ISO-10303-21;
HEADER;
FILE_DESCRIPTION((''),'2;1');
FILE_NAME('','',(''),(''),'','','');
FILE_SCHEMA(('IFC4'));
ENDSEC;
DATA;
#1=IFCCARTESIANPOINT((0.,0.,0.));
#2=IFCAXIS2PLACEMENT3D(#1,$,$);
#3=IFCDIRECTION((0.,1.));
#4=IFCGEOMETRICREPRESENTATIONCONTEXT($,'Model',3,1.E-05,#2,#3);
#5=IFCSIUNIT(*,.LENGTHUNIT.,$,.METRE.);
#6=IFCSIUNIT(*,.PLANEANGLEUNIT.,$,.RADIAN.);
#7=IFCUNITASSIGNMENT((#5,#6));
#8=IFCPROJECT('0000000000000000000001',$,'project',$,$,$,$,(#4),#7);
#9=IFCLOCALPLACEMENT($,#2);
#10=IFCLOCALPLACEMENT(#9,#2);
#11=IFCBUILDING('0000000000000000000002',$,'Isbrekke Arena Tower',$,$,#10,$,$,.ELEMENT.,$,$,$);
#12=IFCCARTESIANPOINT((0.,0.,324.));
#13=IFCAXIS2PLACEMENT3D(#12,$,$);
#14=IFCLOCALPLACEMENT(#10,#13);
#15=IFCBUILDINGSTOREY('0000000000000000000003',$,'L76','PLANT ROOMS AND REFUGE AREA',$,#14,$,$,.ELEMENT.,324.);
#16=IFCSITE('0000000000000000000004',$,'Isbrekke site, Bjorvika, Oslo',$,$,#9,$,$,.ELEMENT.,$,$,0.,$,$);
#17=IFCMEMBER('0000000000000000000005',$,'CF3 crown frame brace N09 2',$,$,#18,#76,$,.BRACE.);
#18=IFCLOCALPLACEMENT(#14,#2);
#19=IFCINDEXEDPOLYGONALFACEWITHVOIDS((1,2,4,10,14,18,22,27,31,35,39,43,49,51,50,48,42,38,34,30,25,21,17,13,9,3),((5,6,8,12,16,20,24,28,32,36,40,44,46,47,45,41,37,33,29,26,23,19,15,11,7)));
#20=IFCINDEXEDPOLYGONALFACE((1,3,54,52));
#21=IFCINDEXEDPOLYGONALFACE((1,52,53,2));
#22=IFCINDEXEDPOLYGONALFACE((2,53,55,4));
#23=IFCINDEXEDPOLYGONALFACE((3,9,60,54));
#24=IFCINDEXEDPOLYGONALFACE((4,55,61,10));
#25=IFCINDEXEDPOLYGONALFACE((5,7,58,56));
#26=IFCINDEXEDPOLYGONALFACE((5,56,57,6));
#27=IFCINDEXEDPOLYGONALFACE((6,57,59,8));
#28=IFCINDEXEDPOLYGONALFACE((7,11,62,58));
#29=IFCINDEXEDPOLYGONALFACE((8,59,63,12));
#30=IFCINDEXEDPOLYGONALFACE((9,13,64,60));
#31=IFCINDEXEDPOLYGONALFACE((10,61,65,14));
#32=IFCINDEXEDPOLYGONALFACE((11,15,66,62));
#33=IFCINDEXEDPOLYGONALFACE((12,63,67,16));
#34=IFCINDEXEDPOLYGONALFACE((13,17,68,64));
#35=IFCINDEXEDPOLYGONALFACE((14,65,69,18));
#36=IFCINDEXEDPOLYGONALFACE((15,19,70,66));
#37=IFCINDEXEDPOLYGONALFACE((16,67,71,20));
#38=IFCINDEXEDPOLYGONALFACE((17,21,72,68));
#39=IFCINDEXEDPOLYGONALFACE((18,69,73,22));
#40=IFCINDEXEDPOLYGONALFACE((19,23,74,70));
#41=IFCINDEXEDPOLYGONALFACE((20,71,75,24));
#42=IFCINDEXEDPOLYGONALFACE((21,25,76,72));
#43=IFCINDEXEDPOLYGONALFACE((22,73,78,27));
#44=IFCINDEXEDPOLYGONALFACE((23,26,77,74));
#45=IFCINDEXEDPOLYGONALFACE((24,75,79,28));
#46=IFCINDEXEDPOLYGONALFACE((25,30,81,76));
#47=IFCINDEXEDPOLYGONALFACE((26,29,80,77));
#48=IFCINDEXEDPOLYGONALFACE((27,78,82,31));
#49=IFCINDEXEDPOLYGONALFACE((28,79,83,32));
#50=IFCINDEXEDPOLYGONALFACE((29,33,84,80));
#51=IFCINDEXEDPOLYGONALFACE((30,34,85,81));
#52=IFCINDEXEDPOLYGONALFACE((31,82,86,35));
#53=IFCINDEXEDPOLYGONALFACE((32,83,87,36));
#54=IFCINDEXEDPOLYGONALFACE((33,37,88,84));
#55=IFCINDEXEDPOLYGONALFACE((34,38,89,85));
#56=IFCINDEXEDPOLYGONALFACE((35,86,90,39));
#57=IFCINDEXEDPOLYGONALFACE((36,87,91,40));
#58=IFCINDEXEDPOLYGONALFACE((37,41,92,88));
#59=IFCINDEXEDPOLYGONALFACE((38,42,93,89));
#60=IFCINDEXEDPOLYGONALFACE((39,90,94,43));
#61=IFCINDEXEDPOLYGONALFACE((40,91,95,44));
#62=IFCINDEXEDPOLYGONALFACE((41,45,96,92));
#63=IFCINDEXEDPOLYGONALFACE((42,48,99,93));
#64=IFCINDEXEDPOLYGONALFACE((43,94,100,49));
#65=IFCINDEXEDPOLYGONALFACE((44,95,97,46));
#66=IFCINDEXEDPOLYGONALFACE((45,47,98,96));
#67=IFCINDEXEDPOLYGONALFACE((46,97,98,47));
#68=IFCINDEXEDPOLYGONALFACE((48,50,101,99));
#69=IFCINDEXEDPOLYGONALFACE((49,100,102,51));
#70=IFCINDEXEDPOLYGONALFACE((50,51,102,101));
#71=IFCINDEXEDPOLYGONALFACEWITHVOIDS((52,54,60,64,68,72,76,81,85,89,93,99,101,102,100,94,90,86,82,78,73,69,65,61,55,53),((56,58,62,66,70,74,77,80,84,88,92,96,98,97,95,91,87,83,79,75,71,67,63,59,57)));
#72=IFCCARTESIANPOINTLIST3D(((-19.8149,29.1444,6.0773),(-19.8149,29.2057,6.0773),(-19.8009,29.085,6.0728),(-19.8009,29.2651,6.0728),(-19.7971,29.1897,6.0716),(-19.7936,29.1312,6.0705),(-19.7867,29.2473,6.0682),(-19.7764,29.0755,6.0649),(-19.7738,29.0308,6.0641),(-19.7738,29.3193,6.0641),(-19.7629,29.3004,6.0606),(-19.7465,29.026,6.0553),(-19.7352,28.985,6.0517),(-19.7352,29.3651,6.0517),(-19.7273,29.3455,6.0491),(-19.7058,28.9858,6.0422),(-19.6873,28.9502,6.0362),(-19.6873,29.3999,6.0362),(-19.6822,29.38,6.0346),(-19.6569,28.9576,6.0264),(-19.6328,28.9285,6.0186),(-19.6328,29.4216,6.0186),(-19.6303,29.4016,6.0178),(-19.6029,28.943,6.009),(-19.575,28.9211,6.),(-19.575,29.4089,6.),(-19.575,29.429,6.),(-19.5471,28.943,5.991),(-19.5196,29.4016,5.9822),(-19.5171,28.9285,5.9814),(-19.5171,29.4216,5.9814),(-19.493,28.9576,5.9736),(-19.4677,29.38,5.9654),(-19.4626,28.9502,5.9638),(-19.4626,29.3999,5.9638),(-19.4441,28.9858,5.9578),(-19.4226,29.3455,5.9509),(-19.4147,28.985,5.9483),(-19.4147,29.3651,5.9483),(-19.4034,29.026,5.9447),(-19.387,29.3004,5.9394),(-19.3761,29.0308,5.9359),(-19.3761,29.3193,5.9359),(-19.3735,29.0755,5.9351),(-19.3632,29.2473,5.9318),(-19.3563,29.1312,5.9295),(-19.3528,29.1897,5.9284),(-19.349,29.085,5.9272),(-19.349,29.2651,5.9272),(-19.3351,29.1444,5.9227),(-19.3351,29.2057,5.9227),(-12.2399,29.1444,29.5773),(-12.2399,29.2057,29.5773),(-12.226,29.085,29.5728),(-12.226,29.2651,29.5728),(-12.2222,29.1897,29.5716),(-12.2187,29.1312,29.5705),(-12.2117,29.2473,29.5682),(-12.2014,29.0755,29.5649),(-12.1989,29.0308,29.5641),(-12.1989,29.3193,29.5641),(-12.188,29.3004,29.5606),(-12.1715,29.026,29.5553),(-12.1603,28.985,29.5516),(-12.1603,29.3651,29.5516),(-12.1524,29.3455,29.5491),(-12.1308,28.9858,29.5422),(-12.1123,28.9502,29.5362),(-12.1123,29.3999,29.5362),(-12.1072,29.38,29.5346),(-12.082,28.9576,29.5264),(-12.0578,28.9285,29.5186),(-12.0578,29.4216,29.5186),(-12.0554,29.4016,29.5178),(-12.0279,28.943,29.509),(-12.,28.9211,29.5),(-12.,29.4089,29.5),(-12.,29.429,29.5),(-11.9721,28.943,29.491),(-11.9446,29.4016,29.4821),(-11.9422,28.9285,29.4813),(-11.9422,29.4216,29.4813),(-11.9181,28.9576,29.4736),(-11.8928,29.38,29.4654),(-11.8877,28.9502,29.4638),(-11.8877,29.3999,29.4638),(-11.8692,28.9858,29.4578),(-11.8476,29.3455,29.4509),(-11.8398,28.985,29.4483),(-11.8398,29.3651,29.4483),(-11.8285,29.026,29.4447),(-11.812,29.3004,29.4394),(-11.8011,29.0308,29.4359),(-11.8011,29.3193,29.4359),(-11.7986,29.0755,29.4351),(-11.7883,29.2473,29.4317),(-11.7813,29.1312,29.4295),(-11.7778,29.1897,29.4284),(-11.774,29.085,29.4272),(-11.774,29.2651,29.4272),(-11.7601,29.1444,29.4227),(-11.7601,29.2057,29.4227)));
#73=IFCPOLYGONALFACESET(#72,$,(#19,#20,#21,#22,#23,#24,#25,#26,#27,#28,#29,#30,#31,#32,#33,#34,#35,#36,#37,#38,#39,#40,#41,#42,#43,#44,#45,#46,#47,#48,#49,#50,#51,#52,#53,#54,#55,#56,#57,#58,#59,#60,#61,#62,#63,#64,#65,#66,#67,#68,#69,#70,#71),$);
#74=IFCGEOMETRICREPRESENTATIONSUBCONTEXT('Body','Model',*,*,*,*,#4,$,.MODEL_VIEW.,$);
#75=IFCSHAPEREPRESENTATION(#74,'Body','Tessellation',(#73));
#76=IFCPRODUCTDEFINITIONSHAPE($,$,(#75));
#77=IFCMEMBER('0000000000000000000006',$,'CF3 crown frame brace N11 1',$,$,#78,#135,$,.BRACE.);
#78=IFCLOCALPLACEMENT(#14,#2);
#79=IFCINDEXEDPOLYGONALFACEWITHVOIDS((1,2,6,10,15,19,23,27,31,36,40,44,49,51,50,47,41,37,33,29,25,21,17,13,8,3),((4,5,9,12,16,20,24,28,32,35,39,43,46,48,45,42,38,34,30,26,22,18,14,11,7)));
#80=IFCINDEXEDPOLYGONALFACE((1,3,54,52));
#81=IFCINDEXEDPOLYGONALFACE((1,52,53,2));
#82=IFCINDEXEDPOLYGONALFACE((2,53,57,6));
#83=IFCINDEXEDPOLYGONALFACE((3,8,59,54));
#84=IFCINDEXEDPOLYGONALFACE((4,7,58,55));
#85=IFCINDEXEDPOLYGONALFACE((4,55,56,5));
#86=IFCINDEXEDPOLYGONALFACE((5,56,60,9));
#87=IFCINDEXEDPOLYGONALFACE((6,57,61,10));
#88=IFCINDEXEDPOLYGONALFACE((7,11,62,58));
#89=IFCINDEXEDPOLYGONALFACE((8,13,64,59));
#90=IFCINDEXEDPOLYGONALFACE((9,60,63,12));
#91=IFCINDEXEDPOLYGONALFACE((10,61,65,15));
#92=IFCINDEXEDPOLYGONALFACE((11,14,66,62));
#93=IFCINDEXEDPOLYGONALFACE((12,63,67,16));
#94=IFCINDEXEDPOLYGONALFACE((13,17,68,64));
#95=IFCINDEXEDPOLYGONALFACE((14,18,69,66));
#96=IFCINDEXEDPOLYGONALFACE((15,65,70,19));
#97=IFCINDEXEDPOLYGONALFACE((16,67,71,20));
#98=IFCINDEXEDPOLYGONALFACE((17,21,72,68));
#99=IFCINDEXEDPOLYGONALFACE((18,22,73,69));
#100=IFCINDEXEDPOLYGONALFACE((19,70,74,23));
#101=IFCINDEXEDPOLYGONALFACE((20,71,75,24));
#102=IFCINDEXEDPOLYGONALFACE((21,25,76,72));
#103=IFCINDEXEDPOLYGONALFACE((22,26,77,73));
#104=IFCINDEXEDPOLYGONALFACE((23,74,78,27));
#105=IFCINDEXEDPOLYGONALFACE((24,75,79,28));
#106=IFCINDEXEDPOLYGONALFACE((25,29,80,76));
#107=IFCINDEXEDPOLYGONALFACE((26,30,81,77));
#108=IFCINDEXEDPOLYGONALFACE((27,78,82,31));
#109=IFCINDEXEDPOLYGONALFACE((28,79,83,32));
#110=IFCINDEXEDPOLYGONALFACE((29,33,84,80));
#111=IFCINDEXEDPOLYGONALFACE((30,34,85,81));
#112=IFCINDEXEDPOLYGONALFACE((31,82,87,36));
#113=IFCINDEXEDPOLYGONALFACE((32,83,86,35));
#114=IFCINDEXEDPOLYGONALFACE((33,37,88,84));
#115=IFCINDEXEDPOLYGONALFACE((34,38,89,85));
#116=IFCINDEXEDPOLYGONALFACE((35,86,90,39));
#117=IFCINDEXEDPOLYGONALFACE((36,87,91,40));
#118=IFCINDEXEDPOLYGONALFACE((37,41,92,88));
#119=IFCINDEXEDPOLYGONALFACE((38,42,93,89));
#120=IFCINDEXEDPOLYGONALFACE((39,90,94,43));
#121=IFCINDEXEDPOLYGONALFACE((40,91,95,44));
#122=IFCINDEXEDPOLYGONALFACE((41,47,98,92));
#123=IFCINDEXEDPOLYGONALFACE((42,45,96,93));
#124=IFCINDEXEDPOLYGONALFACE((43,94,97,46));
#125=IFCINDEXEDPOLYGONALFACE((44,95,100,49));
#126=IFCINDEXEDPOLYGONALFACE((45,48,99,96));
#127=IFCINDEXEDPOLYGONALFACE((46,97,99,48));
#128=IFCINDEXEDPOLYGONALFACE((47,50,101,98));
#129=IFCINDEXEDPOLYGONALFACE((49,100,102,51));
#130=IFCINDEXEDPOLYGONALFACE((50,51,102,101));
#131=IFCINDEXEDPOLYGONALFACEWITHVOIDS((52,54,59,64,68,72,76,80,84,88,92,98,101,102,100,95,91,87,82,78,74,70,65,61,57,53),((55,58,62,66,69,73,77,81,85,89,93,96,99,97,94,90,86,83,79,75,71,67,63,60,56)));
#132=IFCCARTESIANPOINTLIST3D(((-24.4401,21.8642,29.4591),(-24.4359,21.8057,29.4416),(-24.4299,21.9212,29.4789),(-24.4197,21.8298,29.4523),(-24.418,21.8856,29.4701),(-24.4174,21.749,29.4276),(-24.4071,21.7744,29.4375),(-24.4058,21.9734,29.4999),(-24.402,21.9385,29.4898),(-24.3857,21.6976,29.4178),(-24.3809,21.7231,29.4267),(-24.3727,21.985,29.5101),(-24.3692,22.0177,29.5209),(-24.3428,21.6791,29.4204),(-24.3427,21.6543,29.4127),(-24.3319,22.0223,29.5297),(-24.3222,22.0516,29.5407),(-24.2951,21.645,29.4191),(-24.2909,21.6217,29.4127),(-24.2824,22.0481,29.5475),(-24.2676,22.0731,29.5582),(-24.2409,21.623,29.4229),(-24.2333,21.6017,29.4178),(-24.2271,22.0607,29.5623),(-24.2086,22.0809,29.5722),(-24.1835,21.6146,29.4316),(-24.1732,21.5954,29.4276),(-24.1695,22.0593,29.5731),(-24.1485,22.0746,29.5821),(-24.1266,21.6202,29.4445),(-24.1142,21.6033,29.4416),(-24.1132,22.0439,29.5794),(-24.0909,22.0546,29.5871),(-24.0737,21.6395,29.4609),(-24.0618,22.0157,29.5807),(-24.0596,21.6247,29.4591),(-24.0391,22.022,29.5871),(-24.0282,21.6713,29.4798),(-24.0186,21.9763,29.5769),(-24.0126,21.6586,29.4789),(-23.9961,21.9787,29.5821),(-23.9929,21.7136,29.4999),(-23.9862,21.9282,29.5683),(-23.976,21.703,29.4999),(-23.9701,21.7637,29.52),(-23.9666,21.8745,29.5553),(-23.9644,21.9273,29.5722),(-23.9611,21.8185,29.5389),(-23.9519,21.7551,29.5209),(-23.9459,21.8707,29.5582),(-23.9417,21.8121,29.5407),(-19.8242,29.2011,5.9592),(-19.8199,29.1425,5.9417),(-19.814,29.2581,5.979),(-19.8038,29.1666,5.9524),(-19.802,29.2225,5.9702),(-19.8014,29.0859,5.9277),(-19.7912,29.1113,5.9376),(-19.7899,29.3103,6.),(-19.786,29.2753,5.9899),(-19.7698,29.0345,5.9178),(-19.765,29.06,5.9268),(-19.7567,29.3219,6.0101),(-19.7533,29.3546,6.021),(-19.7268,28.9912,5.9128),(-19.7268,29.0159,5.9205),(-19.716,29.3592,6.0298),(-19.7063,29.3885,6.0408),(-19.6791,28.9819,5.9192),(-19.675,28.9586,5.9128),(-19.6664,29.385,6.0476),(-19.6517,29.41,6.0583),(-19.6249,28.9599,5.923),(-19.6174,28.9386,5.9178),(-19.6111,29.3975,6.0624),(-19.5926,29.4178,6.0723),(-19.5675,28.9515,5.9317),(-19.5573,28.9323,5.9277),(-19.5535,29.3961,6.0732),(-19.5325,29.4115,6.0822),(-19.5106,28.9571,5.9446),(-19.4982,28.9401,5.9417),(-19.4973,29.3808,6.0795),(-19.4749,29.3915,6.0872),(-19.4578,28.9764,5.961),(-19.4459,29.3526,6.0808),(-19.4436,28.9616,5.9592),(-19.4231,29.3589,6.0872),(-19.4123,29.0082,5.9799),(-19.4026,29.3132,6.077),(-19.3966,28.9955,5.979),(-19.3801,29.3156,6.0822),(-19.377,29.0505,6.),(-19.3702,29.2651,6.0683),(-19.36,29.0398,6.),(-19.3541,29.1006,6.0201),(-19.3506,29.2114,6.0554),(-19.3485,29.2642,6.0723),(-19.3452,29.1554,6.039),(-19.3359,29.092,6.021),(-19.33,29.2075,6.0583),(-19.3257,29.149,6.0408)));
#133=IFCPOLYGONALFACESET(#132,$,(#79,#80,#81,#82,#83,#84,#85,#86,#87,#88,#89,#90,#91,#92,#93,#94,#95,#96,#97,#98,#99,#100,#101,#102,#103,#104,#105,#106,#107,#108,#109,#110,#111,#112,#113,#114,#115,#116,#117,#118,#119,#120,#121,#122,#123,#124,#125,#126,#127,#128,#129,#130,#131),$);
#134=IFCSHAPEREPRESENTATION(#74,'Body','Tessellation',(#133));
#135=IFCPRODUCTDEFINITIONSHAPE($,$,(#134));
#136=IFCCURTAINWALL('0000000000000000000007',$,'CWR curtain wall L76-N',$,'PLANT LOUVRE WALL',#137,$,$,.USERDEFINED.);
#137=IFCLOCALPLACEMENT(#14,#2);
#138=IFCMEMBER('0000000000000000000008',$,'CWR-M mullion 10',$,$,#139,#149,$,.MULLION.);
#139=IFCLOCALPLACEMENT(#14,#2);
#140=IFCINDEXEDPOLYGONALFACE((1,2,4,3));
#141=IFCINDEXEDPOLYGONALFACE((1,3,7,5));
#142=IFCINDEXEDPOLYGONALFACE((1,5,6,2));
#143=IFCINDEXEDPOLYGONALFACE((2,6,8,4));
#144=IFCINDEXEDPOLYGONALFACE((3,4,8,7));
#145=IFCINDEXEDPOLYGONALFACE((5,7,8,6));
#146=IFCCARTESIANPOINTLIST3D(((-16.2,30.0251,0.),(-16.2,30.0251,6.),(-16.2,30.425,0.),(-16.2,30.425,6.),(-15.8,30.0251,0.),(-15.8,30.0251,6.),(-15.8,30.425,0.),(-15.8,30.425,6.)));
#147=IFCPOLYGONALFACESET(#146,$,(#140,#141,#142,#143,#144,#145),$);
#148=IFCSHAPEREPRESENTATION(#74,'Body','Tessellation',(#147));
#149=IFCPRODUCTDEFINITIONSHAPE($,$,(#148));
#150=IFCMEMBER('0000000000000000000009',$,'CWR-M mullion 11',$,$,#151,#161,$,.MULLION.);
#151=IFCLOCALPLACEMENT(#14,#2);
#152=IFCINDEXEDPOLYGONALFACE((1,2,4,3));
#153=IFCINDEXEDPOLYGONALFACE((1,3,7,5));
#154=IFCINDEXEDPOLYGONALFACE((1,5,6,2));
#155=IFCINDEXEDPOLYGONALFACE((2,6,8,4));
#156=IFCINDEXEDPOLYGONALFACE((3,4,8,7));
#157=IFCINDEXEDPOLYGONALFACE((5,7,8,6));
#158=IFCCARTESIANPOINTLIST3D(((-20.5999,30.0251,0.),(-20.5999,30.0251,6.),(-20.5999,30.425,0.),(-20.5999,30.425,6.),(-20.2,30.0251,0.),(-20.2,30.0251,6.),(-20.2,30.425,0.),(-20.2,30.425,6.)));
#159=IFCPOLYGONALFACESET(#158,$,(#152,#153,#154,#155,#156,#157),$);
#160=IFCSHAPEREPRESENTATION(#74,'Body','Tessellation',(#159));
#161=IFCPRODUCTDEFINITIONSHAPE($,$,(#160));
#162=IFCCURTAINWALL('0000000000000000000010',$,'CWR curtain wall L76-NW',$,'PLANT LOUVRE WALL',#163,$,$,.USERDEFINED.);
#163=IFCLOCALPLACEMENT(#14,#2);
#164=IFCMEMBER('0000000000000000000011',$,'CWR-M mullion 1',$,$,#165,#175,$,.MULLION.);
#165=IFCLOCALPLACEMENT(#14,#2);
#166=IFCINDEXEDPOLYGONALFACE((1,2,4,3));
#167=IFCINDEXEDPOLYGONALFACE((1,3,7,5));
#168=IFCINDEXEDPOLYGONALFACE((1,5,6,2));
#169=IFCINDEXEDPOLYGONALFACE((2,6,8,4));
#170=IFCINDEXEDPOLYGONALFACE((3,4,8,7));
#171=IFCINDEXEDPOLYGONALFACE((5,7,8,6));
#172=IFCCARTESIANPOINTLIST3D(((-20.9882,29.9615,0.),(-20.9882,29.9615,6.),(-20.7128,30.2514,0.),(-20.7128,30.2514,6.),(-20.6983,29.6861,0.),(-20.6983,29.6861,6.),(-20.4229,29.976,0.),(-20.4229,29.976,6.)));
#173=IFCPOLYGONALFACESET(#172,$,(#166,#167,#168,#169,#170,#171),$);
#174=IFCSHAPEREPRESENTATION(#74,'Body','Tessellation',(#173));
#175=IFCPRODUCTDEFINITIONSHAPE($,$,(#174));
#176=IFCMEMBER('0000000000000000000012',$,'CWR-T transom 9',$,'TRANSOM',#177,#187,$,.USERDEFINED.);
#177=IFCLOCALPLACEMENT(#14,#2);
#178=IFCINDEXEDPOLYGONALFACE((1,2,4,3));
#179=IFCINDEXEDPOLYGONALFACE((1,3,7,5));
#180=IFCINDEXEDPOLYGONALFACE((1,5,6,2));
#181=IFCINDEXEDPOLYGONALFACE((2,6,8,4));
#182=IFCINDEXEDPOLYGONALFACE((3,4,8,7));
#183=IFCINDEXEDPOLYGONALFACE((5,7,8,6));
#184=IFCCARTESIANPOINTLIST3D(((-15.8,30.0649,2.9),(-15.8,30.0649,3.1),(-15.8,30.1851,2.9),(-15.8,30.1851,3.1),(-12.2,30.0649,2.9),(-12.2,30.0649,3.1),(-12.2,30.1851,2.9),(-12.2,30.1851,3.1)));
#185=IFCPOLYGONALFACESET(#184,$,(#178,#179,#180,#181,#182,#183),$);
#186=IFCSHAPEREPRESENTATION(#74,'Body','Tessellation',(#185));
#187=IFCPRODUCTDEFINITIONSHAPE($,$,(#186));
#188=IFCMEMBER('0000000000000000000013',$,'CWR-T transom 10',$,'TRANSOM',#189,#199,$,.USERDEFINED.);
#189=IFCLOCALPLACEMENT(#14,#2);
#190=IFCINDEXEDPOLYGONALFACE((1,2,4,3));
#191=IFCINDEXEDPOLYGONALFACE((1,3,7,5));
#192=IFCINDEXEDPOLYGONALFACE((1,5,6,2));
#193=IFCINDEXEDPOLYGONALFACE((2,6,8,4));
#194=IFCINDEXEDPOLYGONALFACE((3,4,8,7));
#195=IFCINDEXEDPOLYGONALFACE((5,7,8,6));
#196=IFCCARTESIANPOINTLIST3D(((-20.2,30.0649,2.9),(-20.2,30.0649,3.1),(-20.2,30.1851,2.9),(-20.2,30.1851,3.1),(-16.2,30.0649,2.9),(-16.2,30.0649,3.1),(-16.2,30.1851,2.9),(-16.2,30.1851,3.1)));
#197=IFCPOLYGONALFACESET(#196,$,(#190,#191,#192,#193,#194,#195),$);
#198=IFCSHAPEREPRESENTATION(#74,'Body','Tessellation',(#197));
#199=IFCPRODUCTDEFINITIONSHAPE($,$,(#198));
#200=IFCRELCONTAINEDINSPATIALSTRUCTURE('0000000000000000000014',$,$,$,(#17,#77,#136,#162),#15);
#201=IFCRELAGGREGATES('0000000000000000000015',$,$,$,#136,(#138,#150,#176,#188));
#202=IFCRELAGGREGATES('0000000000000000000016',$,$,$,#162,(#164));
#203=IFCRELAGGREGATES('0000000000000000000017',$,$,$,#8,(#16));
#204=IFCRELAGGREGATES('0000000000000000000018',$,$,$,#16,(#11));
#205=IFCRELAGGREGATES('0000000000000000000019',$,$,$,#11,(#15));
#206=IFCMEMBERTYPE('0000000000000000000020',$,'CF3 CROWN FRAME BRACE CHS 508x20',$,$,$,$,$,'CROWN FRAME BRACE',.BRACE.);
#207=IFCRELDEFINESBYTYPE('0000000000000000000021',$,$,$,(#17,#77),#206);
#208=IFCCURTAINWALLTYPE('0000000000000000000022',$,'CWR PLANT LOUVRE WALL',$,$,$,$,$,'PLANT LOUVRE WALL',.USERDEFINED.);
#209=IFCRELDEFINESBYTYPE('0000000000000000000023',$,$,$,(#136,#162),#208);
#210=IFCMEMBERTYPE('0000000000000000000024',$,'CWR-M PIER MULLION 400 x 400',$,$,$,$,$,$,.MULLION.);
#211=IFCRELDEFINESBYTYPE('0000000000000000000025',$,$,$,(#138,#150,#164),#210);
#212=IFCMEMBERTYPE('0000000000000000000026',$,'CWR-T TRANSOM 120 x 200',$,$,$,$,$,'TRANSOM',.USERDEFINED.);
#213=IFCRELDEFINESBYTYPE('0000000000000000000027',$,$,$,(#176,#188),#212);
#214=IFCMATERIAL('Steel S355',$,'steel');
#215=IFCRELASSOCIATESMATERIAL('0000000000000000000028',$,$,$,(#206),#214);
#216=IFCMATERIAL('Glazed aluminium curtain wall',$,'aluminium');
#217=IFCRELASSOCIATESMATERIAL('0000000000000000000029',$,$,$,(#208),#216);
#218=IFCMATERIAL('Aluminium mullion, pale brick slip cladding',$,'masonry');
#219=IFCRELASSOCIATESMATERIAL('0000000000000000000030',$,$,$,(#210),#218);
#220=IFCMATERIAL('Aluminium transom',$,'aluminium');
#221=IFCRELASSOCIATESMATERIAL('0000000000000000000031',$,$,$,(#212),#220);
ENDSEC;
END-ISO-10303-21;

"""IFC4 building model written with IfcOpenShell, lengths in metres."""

from ifc_helpers import new_model, si_unit, direction, frame, origin, origin_2d, place, context, subcontext, project, spatial, rectangle, hollow_circle, extrude, material, material_profile, profile_set, type_object, element, aggregate, save


model = new_model("IFC4")

# Units and contexts
model_context = context("Model", 3, precision=1e-05, world=origin(), true_north=direction((0.0, 1.0)))
body_context = subcontext(model_context, "Body", "Model", "MODEL_VIEW")
ifc_project = project(units=[si_unit("LENGTHUNIT", "METRE"), si_unit("PLANEANGLEUNIT", "RADIAN")], contexts=[model_context])

# Site, building, storey
site_placement = place(None, origin())
site = spatial("IfcSite", under=ifc_project, at=site_placement, Name="Isbrekke site, Bjorvika, Oslo", CompositionType="ELEMENT", RefElevation=0.0)
building_placement = place(site_placement, origin())
building = spatial("IfcBuilding", under=site, at=building_placement, Name="Isbrekke Arena Tower", CompositionType="ELEMENT")
storey_placement = place(building_placement, frame((0.0, 0.0, 324.0)))
storey = spatial("IfcBuildingStorey", under=building, at=storey_placement, Name="L76", Description="PLANT ROOMS AND REFUGE AREA", CompositionType="ELEMENT", Elevation=324.0)

# Members
ifc_material_1 = material(Name="Steel S355", Category="steel")
ifc_material_profile_1 = material_profile(ifc_material_1, hollow_circle(Radius=0.2539, WallThickness=0.02, at=origin_2d()), Name="CHS 508x20")
ifc_profile_set_1 = profile_set([ifc_material_profile_1], Name="Steel S355")
member_type_1 = type_object("IfcMemberType", Name="CF3 CROWN FRAME BRACE CHS 508x20", ElementType="CROWN FRAME BRACE", PredefinedType="BRACE", material=ifc_profile_set_1)
member_1_placement = place(storey_placement, frame((-19.575, 29.175, 6.0), z_axis=(0.306794, 0.0, 0.951776), x_axis=(0.0, 1.0, 0.0)))
element("IfcMember", 1, at=member_1_placement, inside=storey, type_object=member_type_1, Name="CF3 crown frame brace N09 2", PredefinedType="BRACE", context=body_context, shape_type="SweptSolid", body=[
    extrude(hollow_circle(Radius=0.2539, WallThickness=0.02, at=origin_2d()), origin(), (0.0, 0.0, 1.0), 24.6907),
])
member_2_placement = place(storey_placement, frame((-19.575, 29.175, 6.0), z_axis=(-0.184287, -0.292918, 0.93821), x_axis=(0.846419, -0.532518, 0.0)))
element("IfcMember", 2, at=member_2_placement, inside=storey, type_object=member_type_1, Name="CF3 crown frame brace N11 1", PredefinedType="BRACE", context=body_context, shape_type="SweptSolid", body=[
    extrude(hollow_circle(Radius=0.2539, WallThickness=0.02, at=origin_2d()), origin(), (0.0, 0.0, 1.0), 25.0476),
])

# Curtain wall, members
ifc_material_2 = material(Name="Glazed aluminium curtain wall", Category="aluminium")
curtain_wall_type = type_object("IfcCurtainWallType", Name="CWR PLANT LOUVRE WALL", ElementType="PLANT LOUVRE WALL", PredefinedType="USERDEFINED", material=ifc_material_2)
curtain_wall_1_placement = place(storey_placement, origin())
curtain_wall_1 = element("IfcCurtainWall", 3, at=curtain_wall_1_placement, inside=storey, type_object=curtain_wall_type, Name="CWR curtain wall L76-N", ObjectType="PLANT LOUVRE WALL", PredefinedType="USERDEFINED")
ifc_material_3 = material(Name="Aluminium mullion, pale brick slip cladding", Category="masonry")
ifc_material_profile_2 = material_profile(ifc_material_3, rectangle(XDim=0.3999, YDim=0.3999, at=origin_2d()), Name="PIER 400X400")
ifc_profile_set_2 = profile_set([ifc_material_profile_2], Name="Aluminium mullion, pale brick slip cladding")
member_type_2 = type_object("IfcMemberType", Name="CWR-M PIER MULLION 400 x 400", PredefinedType="MULLION", material=ifc_profile_set_2)
member_3_placement = place(storey_placement, frame((-16.0, 30.2251, 0.0), z_axis=(0.0, 0.0, 1.0), x_axis=(-1.0, 0.0, 0.0)))
member_3 = element("IfcMember", 4, at=member_3_placement, type_object=member_type_2, Name="CWR-M mullion 10", PredefinedType="MULLION", context=body_context, shape_type="SweptSolid", body=[
    extrude(rectangle(XDim=0.3999, YDim=0.3999, at=origin_2d()), origin(), (0.0, 0.0, 1.0), 6.0),
])
member_4_placement = place(storey_placement, frame((-20.3999, 30.2251, 0.0), z_axis=(0.0, 0.0, 1.0), x_axis=(-1.0, 0.0, 0.0)))
member_4 = element("IfcMember", 5, at=member_4_placement, type_object=member_type_2, Name="CWR-M mullion 11", PredefinedType="MULLION", context=body_context, shape_type="SweptSolid", body=[
    extrude(rectangle(XDim=0.3999, YDim=0.3999, at=origin_2d()), origin(), (0.0, 0.0, 1.0), 6.0),
])

# Curtain wall, member
curtain_wall_2_placement = place(storey_placement, origin())
curtain_wall_2 = element("IfcCurtainWall", 6, at=curtain_wall_2_placement, inside=storey, type_object=curtain_wall_type, Name="CWR curtain wall L76-NW", ObjectType="PLANT LOUVRE WALL", PredefinedType="USERDEFINED")
member_5_placement = place(storey_placement, frame((-20.7056, 29.9688, 0.0), z_axis=(0.0, 0.0, 1.0), x_axis=(-0.688749, -0.724999, 0.0)))
member_5 = element("IfcMember", 7, at=member_5_placement, type_object=member_type_2, Name="CWR-M mullion 1", PredefinedType="MULLION", context=body_context, shape_type="SweptSolid", body=[
    extrude(rectangle(XDim=0.3999, YDim=0.3999, at=origin_2d()), origin(), (0.0, 0.0, 1.0), 6.0),
])

# Members
ifc_material_4 = material(Name="Aluminium transom", Category="aluminium")
ifc_material_profile_3 = material_profile(ifc_material_4, rectangle(XDim=0.1201, YDim=0.2, at=origin_2d()), Name="TRANSOM 120X200")
ifc_profile_set_3 = profile_set([ifc_material_profile_3], Name="Aluminium transom")
member_type_3 = type_object("IfcMemberType", Name="CWR-T TRANSOM 120 x 200", ElementType="TRANSOM", PredefinedType="USERDEFINED", material=ifc_profile_set_3)
member_6_placement = place(storey_placement, frame((-12.2, 30.125, 3.0), z_axis=(-1.0, 0.0, 0.0), x_axis=(0.0, -1.0, 0.0)))
member_6 = element("IfcMember", 8, at=member_6_placement, type_object=member_type_3, Name="CWR-T transom 9", ObjectType="TRANSOM", PredefinedType="USERDEFINED", context=body_context, shape_type="SweptSolid", body=[
    extrude(rectangle(XDim=0.1201, YDim=0.2, at=origin_2d()), origin(), (0.0, 0.0, 1.0), 3.6001),
])
member_7_placement = place(storey_placement, frame((-16.2, 30.125, 3.0), z_axis=(-1.0, 0.0, 0.0), x_axis=(0.0, -1.0, 0.0)))
member_7 = element("IfcMember", 9, at=member_7_placement, type_object=member_type_3, Name="CWR-T transom 10", ObjectType="TRANSOM", PredefinedType="USERDEFINED", context=body_context, shape_type="SweptSolid", body=[
    extrude(rectangle(XDim=0.1201, YDim=0.2, at=origin_2d()), origin(), (0.0, 0.0, 1.0), 4.0),
])

aggregate(curtain_wall_1, [member_3, member_4, member_6, member_7])
aggregate(curtain_wall_2, [member_5])

save(model, "model.ifc")
